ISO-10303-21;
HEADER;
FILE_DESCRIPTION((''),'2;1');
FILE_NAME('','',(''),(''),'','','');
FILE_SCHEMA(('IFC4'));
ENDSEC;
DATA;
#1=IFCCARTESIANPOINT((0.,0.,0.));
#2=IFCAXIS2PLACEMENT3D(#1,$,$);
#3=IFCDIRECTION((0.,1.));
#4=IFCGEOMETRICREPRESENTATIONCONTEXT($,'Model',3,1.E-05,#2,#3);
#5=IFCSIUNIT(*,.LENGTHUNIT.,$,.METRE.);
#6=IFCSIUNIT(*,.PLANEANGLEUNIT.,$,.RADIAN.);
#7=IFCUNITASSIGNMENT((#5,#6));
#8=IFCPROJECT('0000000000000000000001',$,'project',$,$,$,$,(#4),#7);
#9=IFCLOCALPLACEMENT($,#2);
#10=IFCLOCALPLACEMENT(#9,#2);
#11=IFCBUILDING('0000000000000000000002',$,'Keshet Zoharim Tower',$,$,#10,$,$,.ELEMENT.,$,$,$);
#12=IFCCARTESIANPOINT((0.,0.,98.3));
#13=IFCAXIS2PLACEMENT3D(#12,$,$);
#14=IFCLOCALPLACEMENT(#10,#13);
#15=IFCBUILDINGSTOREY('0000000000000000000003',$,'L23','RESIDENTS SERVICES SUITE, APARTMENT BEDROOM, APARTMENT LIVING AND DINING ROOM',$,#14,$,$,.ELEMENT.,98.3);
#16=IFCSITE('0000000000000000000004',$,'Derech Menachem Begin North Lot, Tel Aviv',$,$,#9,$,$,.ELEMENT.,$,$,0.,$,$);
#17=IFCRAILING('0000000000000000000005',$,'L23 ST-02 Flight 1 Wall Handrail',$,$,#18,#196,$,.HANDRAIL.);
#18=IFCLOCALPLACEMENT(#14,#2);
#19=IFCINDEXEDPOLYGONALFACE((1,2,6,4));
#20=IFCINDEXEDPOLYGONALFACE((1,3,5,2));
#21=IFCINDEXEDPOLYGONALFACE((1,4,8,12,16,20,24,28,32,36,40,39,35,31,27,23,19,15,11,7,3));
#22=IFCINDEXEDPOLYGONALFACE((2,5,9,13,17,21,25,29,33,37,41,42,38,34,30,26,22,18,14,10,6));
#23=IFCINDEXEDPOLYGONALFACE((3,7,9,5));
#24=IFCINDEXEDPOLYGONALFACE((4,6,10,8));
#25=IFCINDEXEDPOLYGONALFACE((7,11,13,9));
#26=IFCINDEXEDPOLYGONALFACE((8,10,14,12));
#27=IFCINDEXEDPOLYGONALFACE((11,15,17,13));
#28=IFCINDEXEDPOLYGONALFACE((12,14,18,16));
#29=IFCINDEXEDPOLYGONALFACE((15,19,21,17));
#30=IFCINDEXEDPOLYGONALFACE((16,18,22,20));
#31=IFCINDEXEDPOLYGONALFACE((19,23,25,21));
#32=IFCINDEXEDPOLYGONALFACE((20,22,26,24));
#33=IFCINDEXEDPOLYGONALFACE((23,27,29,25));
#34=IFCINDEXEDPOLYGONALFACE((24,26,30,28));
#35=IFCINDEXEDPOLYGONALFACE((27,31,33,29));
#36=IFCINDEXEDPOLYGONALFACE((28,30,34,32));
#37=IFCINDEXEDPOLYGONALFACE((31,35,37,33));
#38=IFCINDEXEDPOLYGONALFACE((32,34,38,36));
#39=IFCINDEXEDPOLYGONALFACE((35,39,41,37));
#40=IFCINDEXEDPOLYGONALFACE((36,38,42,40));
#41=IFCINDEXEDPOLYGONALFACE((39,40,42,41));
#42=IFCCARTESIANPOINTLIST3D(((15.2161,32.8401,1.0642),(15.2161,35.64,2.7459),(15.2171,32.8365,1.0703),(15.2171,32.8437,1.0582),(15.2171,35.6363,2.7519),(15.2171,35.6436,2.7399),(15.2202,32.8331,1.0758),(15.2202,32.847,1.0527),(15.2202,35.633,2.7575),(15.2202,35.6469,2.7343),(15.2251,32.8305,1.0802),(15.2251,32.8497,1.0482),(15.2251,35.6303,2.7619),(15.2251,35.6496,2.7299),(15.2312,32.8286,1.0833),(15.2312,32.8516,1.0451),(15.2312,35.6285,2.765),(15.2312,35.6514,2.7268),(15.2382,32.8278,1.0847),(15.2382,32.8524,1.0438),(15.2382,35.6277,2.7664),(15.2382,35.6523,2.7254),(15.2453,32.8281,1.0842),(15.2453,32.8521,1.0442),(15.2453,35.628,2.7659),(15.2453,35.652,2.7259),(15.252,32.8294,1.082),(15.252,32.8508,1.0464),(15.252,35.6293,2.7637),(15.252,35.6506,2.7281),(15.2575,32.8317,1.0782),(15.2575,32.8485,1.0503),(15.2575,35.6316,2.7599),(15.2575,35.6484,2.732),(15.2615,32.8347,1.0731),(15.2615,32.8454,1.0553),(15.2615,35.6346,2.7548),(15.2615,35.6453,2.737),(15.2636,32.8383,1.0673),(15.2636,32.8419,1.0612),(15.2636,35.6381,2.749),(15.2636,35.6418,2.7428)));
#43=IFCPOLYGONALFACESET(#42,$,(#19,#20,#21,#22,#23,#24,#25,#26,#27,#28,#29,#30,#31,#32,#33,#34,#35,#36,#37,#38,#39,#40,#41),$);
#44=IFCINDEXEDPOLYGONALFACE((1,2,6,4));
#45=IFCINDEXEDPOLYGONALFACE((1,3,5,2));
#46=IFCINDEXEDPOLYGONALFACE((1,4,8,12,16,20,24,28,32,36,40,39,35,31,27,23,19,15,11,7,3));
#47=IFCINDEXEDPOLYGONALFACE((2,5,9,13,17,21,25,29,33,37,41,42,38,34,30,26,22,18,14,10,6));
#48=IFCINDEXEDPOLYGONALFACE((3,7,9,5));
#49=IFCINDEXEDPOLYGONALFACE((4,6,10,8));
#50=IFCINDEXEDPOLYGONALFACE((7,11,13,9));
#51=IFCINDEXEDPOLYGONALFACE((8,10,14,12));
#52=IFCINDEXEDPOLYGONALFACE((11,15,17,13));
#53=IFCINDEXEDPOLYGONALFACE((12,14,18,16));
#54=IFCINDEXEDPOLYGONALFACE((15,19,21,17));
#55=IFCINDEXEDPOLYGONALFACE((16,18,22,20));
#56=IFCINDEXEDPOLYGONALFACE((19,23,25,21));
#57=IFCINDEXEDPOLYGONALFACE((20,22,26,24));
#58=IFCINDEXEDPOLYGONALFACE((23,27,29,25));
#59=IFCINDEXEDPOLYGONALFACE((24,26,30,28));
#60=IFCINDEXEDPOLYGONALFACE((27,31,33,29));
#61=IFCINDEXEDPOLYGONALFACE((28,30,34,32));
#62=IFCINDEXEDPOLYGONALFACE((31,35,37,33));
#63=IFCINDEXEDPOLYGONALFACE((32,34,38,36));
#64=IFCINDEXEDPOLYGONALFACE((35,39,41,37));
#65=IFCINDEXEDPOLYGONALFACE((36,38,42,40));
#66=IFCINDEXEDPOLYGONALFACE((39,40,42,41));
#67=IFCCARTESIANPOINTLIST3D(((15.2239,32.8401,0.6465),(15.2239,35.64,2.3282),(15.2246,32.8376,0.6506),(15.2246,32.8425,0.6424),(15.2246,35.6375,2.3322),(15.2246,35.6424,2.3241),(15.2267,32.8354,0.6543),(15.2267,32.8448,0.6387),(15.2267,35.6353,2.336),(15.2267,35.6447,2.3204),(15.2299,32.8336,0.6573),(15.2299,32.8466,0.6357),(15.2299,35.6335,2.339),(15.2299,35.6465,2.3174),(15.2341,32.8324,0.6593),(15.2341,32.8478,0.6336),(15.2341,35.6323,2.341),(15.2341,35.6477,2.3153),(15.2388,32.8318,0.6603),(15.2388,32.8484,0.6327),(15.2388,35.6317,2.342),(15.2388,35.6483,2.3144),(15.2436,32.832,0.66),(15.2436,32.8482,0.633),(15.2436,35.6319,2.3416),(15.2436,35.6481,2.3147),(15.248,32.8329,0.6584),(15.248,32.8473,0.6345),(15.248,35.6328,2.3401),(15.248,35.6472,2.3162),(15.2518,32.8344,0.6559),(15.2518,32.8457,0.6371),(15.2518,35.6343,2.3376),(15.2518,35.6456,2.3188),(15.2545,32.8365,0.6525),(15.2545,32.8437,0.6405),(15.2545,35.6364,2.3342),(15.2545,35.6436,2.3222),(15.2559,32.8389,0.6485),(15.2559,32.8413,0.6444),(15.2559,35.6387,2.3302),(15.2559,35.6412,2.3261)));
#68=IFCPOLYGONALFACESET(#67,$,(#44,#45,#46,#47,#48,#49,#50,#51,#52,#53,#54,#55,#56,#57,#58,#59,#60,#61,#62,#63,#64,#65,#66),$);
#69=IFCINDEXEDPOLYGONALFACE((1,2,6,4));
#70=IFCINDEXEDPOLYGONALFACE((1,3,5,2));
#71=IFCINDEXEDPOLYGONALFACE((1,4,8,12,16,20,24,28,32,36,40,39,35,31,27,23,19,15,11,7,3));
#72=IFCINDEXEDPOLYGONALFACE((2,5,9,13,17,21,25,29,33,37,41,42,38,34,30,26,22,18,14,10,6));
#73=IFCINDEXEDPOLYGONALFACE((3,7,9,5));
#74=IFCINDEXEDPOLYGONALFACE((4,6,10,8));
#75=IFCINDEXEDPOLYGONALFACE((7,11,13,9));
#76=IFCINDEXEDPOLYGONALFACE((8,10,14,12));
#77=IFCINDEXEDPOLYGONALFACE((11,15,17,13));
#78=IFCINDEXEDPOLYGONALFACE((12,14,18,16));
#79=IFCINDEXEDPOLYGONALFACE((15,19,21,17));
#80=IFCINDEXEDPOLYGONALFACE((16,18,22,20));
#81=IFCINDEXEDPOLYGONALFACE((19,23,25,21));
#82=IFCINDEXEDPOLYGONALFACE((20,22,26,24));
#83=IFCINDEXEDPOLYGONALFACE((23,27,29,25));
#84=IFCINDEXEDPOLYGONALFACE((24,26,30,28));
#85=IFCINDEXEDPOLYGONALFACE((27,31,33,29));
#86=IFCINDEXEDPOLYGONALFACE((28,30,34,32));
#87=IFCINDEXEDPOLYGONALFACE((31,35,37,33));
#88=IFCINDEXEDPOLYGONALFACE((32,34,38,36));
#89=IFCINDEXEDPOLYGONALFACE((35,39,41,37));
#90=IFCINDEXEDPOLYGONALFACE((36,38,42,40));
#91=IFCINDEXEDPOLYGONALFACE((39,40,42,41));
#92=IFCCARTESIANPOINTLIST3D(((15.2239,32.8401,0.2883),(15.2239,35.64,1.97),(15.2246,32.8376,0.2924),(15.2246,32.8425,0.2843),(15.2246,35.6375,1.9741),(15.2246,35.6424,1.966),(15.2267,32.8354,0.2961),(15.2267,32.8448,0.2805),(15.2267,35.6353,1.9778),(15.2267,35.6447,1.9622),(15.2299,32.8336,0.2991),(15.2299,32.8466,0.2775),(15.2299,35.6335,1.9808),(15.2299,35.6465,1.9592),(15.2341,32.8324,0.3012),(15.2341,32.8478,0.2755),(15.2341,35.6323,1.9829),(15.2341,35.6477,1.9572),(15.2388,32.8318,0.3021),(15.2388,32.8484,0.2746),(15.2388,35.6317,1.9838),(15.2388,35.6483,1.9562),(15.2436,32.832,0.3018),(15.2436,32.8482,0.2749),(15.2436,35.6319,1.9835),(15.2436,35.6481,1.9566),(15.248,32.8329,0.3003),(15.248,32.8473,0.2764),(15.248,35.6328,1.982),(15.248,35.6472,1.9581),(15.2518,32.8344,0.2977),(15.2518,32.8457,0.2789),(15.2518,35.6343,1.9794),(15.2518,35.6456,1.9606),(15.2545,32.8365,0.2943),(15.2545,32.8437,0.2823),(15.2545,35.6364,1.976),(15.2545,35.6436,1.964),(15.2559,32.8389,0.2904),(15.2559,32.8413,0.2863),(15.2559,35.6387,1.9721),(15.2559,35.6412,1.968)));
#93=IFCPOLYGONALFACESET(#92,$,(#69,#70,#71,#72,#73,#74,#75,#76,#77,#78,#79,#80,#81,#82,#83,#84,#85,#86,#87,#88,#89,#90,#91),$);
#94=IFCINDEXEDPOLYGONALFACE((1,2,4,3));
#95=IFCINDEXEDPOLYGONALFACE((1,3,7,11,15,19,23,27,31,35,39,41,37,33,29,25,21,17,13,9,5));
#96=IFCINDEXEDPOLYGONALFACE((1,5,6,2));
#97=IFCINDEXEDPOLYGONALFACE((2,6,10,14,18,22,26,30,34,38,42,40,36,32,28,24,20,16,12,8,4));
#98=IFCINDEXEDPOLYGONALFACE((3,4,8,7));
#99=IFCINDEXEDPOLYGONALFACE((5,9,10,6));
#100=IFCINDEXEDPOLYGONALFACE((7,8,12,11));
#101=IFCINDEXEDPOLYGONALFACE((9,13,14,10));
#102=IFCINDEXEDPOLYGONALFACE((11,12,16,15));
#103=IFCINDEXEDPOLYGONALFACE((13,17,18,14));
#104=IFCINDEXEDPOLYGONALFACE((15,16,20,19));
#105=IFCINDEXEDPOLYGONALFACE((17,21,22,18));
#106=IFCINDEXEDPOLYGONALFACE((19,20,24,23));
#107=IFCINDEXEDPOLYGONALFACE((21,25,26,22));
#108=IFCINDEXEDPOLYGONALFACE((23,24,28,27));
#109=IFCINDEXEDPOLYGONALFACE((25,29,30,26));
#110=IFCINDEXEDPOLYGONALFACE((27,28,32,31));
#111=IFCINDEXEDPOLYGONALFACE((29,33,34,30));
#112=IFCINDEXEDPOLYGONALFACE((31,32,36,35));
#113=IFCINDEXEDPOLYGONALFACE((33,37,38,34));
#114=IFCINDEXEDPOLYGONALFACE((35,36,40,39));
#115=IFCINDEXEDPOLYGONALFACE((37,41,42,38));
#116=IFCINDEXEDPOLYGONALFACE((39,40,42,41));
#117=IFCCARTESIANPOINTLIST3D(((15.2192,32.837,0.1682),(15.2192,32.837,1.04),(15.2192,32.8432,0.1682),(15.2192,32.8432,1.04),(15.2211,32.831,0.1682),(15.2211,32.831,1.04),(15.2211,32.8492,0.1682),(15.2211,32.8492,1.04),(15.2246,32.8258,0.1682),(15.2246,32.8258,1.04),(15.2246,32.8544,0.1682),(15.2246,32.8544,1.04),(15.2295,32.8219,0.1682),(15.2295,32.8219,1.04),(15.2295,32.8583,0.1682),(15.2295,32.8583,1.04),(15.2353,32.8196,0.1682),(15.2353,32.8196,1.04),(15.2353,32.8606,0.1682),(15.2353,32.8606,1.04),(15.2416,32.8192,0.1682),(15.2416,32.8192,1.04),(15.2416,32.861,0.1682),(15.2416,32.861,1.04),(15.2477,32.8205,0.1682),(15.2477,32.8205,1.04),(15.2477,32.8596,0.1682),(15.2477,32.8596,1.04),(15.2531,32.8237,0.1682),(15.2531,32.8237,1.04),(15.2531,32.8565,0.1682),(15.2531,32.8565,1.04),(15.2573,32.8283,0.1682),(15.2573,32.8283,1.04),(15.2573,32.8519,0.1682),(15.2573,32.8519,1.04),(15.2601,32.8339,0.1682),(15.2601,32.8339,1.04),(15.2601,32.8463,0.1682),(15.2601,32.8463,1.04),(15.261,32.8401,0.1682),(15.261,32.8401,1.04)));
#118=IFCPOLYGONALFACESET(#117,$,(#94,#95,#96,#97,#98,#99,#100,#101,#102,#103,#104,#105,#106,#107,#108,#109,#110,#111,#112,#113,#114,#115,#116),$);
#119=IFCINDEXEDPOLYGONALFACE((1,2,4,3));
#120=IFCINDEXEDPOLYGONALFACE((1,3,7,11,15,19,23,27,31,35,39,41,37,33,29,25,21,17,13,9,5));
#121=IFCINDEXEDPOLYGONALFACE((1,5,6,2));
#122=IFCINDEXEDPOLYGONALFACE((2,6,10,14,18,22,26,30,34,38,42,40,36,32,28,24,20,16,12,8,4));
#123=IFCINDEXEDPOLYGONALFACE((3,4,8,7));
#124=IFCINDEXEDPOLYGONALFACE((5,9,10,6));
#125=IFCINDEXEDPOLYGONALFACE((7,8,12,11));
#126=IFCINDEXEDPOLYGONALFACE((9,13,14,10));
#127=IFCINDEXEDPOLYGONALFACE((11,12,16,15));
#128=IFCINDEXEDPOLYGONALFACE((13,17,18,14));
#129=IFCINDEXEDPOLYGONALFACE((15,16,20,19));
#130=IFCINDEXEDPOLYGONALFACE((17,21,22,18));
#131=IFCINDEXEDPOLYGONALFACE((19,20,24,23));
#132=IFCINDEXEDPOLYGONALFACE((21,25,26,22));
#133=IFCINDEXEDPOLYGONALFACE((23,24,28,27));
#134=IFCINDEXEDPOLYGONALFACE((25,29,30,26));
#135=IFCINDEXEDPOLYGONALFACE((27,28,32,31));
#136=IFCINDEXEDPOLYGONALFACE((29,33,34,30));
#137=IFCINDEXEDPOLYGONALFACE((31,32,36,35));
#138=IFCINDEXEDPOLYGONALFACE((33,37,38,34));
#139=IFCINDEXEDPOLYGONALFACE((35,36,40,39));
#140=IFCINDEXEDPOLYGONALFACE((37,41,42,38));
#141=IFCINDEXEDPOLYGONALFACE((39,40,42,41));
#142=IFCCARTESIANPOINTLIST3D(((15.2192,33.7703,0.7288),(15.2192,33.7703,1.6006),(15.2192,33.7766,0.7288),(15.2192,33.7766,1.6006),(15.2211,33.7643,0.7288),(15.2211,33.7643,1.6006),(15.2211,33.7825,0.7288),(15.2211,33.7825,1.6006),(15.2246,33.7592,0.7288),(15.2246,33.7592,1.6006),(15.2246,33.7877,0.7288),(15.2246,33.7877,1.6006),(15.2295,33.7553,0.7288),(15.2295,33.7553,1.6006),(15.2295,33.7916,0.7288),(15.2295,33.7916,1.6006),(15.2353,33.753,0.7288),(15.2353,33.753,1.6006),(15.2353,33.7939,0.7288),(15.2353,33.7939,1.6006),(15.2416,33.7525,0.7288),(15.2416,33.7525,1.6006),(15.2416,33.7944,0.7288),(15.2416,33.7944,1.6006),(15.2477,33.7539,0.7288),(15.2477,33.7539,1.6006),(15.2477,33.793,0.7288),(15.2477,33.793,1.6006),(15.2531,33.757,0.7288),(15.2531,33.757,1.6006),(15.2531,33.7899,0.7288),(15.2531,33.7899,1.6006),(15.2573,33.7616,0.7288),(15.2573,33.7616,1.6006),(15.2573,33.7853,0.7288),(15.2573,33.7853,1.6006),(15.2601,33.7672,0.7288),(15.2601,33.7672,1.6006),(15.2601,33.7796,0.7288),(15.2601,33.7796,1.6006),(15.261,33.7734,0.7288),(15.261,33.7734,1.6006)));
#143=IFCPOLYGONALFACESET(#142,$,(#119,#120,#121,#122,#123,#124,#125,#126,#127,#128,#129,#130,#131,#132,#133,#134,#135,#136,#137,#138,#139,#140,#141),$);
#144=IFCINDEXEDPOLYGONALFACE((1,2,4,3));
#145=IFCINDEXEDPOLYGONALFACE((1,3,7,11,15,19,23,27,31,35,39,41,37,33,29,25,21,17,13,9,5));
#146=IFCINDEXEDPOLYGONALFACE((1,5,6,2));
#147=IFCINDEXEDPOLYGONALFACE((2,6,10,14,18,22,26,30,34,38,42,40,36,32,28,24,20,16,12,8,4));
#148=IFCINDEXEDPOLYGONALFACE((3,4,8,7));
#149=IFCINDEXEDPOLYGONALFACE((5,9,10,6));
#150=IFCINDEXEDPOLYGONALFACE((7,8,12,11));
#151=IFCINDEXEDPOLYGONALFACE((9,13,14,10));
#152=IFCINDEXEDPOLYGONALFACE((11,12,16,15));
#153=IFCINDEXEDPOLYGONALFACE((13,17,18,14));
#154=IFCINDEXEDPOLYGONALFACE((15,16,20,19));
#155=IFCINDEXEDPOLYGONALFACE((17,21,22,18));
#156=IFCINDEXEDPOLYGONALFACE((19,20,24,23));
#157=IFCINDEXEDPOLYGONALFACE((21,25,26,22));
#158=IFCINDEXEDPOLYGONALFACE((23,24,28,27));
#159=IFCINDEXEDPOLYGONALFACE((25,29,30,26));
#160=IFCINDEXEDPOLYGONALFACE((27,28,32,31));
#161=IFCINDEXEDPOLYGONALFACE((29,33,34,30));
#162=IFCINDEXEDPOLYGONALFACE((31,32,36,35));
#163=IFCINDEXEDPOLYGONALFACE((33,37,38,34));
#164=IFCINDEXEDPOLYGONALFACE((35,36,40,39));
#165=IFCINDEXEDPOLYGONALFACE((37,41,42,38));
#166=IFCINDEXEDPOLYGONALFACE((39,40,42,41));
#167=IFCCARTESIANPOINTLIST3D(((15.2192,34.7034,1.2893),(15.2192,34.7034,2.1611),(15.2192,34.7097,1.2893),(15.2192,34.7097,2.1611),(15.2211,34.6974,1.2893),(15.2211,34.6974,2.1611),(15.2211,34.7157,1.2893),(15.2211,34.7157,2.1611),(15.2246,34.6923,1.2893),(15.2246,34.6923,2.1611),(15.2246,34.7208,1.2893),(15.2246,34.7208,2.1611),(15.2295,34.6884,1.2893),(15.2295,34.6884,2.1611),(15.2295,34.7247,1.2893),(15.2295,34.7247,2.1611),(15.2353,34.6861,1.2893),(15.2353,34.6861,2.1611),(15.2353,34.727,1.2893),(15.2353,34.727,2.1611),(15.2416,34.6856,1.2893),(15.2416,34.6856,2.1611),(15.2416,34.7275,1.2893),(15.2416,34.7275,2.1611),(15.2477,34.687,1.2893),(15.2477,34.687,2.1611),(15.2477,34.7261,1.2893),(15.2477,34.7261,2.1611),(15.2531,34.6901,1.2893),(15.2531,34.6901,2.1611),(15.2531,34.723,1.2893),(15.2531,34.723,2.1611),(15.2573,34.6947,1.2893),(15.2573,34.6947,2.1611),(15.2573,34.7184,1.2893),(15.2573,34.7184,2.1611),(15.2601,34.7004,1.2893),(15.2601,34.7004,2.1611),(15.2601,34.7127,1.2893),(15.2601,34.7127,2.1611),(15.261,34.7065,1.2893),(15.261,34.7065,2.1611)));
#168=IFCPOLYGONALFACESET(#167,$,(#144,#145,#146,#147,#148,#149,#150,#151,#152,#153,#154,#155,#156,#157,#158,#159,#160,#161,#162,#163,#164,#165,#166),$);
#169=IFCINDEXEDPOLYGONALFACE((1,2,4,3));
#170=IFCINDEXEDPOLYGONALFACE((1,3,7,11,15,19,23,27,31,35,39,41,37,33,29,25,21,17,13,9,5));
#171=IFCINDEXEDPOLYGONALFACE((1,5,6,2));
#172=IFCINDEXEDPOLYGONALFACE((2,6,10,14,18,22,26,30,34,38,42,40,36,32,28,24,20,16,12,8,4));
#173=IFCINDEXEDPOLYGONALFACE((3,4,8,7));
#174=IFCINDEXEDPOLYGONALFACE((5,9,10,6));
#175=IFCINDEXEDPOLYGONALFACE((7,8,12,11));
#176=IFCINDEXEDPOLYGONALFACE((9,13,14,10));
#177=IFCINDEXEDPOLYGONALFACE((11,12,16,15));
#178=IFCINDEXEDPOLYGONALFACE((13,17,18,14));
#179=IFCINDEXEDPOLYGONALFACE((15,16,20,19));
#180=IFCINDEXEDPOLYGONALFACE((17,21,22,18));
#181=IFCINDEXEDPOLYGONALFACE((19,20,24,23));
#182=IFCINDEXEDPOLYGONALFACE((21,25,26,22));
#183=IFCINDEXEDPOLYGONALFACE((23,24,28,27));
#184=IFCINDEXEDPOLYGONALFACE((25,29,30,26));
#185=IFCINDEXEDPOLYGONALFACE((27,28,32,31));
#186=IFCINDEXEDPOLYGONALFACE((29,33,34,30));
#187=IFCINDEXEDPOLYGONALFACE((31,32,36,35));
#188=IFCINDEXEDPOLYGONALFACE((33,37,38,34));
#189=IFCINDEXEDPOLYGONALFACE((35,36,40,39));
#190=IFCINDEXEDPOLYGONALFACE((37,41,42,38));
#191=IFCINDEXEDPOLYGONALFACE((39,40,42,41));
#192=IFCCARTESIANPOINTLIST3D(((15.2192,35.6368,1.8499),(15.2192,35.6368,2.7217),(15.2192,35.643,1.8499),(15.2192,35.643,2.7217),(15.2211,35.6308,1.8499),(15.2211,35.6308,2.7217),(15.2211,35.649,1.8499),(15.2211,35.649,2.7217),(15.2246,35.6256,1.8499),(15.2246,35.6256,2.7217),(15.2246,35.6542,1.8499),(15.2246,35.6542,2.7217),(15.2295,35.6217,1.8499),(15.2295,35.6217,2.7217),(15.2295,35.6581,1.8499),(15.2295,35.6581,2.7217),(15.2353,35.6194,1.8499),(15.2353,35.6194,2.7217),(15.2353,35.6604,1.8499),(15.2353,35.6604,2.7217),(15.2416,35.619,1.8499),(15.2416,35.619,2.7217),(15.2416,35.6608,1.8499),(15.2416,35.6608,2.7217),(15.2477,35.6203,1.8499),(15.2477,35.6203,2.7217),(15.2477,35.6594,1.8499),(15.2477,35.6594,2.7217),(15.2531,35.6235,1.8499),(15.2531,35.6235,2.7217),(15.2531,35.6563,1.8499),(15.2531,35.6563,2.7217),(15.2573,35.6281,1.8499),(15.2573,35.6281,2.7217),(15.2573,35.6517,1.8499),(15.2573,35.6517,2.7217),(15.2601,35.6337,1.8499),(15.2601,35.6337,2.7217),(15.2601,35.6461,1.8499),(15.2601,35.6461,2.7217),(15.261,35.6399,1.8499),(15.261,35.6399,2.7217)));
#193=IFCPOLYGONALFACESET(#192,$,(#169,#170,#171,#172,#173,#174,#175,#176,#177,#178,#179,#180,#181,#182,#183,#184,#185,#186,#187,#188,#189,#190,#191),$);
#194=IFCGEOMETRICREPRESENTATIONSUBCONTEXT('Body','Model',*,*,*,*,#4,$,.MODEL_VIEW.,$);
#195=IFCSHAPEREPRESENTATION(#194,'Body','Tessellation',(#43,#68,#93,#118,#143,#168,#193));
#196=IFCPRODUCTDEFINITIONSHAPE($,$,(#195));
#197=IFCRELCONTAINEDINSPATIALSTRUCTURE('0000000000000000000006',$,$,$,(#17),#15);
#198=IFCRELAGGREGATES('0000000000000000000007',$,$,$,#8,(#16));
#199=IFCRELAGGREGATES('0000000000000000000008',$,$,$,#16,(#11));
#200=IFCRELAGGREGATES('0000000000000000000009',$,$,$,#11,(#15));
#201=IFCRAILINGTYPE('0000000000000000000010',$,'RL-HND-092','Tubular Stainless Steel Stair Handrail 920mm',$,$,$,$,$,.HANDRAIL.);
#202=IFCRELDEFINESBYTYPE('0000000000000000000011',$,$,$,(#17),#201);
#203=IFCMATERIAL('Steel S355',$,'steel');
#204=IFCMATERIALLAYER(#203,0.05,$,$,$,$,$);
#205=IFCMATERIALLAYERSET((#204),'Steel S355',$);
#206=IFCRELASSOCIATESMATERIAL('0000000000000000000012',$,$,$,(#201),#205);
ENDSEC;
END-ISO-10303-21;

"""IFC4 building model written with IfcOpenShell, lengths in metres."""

from ifc_helpers import new_model, si_unit, direction, frame, origin, origin_2d, place, context, subcontext, project, spatial, circle, extrude, material, layer, layer_set, type_object, element, save


model = new_model("IFC4")

# Units and contexts
model_context = context("Model", 3, precision=1e-05, world=origin(), true_north=direction((0.0, 1.0)))
body_context = subcontext(model_context, "Body", "Model", "MODEL_VIEW")
ifc_project = project(units=[si_unit("LENGTHUNIT", "METRE"), si_unit("PLANEANGLEUNIT", "RADIAN")], contexts=[model_context])

# Site, building, storey
site_placement = place(None, origin())
site = spatial("IfcSite", under=ifc_project, at=site_placement, Name="Derech Menachem Begin North Lot, Tel Aviv", CompositionType="ELEMENT", RefElevation=0.0)
building_placement = place(site_placement, origin())
building = spatial("IfcBuilding", under=site, at=building_placement, Name="Keshet Zoharim Tower", CompositionType="ELEMENT")
storey_placement = place(building_placement, frame((0.0, 0.0, 98.3)))
storey = spatial("IfcBuildingStorey", under=building, at=storey_placement, Name="L23", Description="RESIDENTS SERVICES SUITE, APARTMENT BEDROOM, APARTMENT LIVING AND DINING ROOM", CompositionType="ELEMENT", Elevation=98.3)

# Shared definitions
ifc_material_1 = material(Name="Steel S355", Category="steel")

# Railing
ifc_layer_1 = layer(ifc_material_1, 0.05)
ifc_layer_set_1 = layer_set([ifc_layer_1], Name="Steel S355")
railing_type_1 = type_object("IfcRailingType", Name="RL-HND-092", Description="Tubular Stainless Steel Stair Handrail 920mm", PredefinedType="HANDRAIL", material=ifc_layer_set_1)
railing_1_placement = place(storey_placement, frame((15.24, 32.8401, 0.1682)))
element("IfcRailing", 1, at=railing_1_placement, inside=storey, type_object=railing_type_1, Name="L23 ST-02 Flight 1 Wall Handrail", PredefinedType="HANDRAIL", context=body_context, shape_type="SweptSolid", body=[
    extrude(circle(Radius=0.0239, at=origin_2d()), frame((0.0, 0.0, 0.896), z_axis=(0.0, 0.857255, 0.514891), x_axis=(-1.0, 0.0, 0.0)), (0.0, 0.0, 1.0), 3.2661),
    extrude(circle(Radius=0.0161, at=origin_2d()), frame((0.0, 0.0, 0.4783), z_axis=(0.0, 0.857255, 0.514891), x_axis=(-1.0, 0.0, 0.0)), (0.0, 0.0, 1.0), 3.2661),
    extrude(circle(Radius=0.0161, at=origin_2d()), frame((0.0, 0.0, 0.1201), z_axis=(0.0, 0.857255, 0.514891), x_axis=(-1.0, 0.0, 0.0)), (0.0, 0.0, 1.0), 3.2661),
    extrude(circle(Radius=0.021, at=origin_2d()), origin(), (0.0, 0.0, 1.0), 0.8718),
    extrude(circle(Radius=0.021, at=origin_2d()), frame((0.0, 0.9333, 0.5605)), (0.0, 0.0, 1.0), 0.8718),
    extrude(circle(Radius=0.021, at=origin_2d()), frame((0.0, 1.8665, 1.1211)), (0.0, 0.0, 1.0), 0.8718),
    extrude(circle(Radius=0.021, at=origin_2d()), frame((0.0, 2.7998, 1.6816)), (0.0, 0.0, 1.0), 0.8718),
])

save(model, "model.ifc")
